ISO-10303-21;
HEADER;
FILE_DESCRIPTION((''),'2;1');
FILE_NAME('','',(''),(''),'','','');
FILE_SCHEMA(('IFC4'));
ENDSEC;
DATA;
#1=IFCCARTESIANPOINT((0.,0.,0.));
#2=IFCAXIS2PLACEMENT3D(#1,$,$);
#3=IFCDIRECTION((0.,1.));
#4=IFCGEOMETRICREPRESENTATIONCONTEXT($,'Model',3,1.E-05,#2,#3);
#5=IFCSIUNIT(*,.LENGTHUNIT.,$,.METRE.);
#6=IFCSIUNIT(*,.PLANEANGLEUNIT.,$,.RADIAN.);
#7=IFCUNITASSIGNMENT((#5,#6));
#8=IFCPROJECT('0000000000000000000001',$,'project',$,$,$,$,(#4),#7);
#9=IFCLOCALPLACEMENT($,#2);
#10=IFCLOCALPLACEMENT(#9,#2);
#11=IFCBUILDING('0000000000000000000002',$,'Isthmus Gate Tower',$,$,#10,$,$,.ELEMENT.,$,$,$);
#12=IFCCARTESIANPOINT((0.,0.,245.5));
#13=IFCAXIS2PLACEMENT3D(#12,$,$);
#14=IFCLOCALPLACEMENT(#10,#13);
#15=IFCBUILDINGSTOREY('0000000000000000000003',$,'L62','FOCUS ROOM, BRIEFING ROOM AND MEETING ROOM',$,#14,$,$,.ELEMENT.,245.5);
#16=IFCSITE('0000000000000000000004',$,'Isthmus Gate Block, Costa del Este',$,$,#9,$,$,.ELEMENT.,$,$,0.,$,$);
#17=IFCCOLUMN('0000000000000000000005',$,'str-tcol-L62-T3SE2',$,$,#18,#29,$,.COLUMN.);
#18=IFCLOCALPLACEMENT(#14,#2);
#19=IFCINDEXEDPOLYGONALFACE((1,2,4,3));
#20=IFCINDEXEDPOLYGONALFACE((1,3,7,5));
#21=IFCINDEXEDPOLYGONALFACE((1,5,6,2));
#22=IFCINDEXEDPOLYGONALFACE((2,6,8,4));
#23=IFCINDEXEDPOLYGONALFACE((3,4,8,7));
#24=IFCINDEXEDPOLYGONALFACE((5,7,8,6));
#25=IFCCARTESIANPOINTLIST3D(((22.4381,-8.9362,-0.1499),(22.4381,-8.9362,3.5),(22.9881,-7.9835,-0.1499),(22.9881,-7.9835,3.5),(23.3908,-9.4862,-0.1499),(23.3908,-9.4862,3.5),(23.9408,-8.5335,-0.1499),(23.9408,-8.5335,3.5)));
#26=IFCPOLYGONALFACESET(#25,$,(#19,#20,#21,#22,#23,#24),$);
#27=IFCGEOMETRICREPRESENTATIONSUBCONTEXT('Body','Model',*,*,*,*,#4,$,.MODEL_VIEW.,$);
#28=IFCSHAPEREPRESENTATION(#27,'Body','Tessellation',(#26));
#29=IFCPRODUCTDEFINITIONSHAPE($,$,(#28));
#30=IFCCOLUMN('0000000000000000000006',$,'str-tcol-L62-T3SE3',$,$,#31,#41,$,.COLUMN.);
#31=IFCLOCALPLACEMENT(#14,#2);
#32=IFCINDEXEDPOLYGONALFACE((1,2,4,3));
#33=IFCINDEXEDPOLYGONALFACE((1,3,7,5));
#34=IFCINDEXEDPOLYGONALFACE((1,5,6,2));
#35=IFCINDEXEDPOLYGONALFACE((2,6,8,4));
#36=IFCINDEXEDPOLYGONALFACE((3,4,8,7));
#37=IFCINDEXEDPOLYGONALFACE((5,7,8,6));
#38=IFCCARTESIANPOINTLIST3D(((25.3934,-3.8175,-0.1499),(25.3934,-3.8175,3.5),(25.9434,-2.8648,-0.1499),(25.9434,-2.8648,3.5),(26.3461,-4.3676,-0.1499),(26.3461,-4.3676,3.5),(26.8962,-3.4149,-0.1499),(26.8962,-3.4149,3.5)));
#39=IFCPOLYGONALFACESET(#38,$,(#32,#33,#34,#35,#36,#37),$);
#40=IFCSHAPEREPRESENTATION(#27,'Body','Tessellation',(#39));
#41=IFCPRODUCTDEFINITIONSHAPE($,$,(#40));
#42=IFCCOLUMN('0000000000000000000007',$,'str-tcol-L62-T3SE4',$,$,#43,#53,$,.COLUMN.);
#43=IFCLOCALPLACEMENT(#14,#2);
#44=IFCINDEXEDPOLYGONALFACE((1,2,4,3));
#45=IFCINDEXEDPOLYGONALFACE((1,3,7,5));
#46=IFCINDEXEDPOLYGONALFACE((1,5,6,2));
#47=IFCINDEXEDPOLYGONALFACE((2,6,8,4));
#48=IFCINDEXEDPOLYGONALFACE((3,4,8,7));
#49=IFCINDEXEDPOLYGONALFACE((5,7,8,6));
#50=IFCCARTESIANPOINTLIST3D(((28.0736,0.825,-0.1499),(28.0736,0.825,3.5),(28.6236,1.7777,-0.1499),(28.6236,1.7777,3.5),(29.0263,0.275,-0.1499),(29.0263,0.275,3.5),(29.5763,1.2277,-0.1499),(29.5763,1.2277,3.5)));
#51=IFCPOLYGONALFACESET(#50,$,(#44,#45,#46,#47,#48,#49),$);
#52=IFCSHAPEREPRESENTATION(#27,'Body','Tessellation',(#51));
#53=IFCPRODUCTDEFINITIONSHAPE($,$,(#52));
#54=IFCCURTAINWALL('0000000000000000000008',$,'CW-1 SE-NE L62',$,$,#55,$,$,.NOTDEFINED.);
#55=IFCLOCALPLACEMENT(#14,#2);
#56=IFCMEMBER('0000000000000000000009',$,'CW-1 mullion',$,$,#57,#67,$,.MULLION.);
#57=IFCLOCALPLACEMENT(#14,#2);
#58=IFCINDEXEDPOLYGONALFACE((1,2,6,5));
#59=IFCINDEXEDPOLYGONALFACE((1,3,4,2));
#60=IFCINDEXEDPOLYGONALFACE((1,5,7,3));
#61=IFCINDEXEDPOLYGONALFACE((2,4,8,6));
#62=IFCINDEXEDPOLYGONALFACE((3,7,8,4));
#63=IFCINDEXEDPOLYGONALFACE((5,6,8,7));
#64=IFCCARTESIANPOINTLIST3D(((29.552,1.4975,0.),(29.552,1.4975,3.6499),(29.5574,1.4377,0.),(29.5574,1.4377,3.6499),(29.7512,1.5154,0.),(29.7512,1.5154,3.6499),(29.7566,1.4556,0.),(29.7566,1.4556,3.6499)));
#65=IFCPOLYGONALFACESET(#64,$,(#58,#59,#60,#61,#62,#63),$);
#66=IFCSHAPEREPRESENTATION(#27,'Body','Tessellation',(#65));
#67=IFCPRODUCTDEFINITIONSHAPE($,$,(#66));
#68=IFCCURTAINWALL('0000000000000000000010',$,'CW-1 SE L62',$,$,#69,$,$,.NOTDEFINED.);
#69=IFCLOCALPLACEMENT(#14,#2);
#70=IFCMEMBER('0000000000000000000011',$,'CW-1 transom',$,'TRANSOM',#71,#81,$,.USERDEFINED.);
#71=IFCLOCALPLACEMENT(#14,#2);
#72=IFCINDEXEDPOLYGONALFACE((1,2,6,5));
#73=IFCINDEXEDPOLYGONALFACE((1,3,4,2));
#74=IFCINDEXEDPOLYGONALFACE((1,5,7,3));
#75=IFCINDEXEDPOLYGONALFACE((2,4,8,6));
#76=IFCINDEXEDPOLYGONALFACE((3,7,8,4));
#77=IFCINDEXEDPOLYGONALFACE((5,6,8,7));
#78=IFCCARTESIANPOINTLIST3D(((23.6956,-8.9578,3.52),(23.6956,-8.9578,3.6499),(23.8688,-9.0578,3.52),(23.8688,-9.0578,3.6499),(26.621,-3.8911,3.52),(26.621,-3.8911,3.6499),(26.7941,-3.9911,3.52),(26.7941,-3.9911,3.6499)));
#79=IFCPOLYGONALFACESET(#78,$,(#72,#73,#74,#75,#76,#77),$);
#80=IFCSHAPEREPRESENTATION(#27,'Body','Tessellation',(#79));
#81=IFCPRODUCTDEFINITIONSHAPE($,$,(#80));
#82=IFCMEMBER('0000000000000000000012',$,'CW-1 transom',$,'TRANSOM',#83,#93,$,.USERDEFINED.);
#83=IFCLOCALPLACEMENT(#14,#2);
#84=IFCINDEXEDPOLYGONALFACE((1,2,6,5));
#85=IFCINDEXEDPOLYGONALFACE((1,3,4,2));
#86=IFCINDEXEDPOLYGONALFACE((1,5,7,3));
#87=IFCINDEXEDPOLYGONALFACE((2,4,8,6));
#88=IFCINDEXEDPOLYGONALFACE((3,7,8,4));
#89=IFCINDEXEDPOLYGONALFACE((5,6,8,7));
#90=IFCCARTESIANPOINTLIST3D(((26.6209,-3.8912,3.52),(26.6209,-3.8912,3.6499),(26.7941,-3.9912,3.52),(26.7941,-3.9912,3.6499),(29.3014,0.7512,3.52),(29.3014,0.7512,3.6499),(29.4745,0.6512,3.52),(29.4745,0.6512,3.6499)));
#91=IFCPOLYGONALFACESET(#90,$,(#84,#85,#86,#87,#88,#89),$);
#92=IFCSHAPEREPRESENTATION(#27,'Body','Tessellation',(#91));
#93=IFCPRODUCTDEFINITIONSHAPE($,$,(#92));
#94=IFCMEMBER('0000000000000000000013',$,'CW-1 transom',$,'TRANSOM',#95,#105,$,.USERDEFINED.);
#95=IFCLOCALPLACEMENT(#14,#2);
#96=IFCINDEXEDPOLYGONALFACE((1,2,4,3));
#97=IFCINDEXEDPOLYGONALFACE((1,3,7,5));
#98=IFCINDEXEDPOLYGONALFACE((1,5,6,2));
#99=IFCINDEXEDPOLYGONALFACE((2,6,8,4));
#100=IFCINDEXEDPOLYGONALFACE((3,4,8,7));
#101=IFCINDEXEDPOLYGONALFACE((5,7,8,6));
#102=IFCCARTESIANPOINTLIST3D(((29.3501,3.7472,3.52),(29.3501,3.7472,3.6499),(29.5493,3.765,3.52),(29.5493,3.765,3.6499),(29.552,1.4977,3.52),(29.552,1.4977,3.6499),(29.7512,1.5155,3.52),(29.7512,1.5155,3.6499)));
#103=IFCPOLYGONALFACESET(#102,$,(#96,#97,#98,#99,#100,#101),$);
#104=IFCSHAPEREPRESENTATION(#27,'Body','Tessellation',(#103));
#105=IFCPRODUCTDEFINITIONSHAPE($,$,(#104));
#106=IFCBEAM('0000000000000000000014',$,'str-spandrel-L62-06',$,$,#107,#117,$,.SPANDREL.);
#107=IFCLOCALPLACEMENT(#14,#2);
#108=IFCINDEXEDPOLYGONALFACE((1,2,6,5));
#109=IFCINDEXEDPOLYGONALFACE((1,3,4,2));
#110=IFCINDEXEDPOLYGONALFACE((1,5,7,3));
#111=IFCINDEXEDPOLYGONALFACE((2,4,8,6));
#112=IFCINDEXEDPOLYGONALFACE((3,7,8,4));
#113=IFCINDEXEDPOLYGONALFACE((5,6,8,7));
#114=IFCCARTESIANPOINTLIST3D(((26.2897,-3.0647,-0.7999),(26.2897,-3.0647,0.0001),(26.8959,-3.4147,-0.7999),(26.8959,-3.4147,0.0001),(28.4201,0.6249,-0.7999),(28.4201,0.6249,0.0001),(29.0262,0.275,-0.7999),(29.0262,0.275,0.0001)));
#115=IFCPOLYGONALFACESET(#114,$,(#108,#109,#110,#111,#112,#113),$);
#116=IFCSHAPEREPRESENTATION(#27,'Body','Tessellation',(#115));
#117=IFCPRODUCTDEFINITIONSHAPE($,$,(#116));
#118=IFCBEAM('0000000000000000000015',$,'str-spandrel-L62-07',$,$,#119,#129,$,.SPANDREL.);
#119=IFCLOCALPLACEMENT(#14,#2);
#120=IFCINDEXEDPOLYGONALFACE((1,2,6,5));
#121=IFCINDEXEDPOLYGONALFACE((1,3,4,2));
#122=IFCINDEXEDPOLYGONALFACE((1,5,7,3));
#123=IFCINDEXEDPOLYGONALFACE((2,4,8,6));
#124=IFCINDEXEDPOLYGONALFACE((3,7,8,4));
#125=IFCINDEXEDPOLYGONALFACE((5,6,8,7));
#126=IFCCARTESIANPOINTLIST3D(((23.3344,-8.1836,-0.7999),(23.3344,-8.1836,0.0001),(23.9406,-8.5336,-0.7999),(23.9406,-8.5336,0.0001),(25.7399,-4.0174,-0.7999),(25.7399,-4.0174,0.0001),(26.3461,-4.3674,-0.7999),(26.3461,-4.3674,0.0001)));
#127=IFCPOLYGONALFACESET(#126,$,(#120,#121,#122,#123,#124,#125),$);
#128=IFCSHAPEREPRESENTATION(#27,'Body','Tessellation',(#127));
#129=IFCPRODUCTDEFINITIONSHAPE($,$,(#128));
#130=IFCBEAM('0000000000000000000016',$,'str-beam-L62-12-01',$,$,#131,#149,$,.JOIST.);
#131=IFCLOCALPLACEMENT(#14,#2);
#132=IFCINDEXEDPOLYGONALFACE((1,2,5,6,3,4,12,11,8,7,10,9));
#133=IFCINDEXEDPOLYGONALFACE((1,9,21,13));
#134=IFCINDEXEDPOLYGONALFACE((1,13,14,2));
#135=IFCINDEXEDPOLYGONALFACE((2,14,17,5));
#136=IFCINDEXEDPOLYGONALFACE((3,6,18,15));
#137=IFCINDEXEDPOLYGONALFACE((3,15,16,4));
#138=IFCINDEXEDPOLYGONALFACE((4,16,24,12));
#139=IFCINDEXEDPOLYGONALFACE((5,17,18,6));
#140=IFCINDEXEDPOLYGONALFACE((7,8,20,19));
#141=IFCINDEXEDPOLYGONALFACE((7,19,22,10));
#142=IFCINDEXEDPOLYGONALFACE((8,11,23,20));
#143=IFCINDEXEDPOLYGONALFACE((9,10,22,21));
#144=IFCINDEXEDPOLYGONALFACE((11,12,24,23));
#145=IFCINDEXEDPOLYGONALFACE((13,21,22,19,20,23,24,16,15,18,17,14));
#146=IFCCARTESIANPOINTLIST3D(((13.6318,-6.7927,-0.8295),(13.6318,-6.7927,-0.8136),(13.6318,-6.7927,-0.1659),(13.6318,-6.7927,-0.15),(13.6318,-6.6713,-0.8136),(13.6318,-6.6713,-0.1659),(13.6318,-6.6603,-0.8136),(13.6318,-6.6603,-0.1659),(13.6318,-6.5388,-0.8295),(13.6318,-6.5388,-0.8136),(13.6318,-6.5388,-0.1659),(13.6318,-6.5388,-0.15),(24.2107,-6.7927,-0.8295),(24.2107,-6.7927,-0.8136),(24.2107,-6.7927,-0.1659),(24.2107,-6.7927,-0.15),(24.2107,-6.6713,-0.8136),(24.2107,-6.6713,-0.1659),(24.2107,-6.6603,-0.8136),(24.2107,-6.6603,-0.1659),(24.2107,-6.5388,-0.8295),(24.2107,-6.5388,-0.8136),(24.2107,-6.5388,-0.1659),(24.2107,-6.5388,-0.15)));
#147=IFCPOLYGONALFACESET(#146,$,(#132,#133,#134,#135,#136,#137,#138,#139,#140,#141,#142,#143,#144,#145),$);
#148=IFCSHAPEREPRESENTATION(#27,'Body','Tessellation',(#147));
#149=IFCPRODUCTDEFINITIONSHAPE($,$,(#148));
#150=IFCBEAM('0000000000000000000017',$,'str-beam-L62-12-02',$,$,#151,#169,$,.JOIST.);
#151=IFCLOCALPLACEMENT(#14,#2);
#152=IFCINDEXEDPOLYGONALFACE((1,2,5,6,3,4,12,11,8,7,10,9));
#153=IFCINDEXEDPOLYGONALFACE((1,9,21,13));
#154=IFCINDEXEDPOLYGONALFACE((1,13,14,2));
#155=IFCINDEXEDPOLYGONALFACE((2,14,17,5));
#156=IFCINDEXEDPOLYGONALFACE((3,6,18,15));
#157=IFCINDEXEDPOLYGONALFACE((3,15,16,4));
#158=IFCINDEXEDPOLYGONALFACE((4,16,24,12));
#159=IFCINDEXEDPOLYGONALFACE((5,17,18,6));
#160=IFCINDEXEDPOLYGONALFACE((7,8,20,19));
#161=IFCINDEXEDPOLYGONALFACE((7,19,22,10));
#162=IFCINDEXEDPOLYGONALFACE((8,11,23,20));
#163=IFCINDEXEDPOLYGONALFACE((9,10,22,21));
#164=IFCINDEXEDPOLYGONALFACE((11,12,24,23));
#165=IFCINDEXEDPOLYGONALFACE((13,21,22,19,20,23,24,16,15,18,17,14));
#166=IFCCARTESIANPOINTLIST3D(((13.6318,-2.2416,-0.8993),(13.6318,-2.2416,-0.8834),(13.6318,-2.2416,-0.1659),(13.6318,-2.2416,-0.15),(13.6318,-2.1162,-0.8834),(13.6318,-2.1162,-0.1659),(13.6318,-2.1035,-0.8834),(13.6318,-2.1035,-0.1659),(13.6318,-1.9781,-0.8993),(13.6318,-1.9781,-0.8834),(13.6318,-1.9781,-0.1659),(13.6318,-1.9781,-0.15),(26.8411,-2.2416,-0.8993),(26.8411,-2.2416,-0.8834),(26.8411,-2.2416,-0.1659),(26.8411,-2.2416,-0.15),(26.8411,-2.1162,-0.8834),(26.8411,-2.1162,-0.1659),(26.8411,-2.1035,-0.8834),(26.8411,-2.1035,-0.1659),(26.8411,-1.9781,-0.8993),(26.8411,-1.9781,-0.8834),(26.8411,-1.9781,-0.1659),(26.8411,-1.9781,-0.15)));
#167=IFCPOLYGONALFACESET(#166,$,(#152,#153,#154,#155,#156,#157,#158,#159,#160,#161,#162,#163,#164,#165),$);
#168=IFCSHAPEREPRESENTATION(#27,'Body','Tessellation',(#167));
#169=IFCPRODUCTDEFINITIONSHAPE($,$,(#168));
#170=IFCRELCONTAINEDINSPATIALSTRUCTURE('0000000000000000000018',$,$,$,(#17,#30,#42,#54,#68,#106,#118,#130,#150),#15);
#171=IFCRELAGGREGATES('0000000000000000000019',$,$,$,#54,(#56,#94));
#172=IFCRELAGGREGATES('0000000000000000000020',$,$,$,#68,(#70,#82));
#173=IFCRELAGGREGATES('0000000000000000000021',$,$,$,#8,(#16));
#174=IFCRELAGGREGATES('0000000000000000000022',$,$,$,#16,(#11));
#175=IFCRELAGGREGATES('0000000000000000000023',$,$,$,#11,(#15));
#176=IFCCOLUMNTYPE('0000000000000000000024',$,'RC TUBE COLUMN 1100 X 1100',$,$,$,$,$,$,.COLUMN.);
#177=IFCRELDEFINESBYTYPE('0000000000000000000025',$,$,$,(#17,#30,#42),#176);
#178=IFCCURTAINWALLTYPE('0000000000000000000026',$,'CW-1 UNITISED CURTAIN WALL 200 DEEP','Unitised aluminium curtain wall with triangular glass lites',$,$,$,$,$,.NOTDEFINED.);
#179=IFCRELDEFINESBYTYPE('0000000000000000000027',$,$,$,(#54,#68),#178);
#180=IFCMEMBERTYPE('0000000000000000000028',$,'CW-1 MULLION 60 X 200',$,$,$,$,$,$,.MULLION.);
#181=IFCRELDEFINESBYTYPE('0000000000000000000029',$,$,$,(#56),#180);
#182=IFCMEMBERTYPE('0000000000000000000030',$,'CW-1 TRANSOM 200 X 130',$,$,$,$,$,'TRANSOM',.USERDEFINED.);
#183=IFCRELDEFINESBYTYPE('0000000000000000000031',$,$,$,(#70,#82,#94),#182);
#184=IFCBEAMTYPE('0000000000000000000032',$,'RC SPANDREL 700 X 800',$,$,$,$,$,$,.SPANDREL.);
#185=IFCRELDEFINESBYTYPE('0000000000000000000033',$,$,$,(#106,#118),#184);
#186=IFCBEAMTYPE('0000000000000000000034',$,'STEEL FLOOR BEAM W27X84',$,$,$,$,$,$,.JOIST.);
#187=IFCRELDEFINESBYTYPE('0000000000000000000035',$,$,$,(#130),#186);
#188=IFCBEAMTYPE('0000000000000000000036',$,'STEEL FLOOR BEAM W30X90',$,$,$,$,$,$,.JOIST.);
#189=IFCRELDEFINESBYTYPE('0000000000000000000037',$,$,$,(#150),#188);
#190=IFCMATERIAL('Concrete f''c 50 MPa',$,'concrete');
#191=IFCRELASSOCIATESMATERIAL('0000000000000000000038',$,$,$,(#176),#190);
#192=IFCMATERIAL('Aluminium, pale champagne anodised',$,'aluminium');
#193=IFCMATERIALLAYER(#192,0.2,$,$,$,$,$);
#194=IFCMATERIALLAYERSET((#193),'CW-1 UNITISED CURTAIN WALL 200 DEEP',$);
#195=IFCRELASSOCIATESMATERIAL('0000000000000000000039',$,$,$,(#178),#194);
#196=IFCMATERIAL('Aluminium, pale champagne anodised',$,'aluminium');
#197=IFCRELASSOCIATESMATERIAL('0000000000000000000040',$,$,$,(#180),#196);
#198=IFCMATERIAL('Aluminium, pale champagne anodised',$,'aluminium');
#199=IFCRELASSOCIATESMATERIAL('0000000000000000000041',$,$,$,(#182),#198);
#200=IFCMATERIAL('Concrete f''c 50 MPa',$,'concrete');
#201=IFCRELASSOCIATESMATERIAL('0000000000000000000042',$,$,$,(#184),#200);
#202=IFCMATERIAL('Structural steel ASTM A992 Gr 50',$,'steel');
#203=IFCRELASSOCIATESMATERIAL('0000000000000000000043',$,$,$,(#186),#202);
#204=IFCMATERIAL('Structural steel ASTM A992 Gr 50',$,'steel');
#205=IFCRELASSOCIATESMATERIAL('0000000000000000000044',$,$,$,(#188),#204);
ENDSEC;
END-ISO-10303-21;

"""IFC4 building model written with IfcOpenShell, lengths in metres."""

from ifc_helpers import new_model, si_unit, direction, frame, origin, origin_2d, place, context, subcontext, project, spatial, rectangle, i_section, extrude, material, layer, layer_set, material_profile, profile_set, type_object, element, aggregate, save


model = new_model("IFC4")

# Units and contexts
model_context = context("Model", 3, precision=1e-05, world=origin(), true_north=direction((0.0, 1.0)))
body_context = subcontext(model_context, "Body", "Model", "MODEL_VIEW")
ifc_project = project(units=[si_unit("LENGTHUNIT", "METRE"), si_unit("PLANEANGLEUNIT", "RADIAN")], contexts=[model_context])

# Site, building, storey
site_placement = place(None, origin())
site = spatial("IfcSite", under=ifc_project, at=site_placement, Name="Isthmus Gate Block, Costa del Este", CompositionType="ELEMENT", RefElevation=0.0)
building_placement = place(site_placement, origin())
building = spatial("IfcBuilding", under=site, at=building_placement, Name="Isthmus Gate Tower", CompositionType="ELEMENT")
storey_placement = place(building_placement, frame((0.0, 0.0, 245.5)))
storey = spatial("IfcBuildingStorey", under=building, at=storey_placement, Name="L62", Description="FOCUS ROOM, BRIEFING ROOM AND MEETING ROOM", CompositionType="ELEMENT", Elevation=245.5)

# Columns
ifc_material_1 = material(Name="Concrete f'c 50 MPa", Category="concrete")
ifc_material_profile_1 = material_profile(ifc_material_1, rectangle(XDim=1.1001, YDim=1.1001, at=origin_2d()), Name="RC 1100X1100")
ifc_profile_set_1 = profile_set([ifc_material_profile_1], Name="Concrete f'c 50 MPa")
column_type = type_object("IfcColumnType", Name="RC TUBE COLUMN 1100 X 1100", PredefinedType="COLUMN", material=ifc_profile_set_1)
for number, where, z_axis, x_axis, name in (
    (1, (23.1895, -8.7349, -0.1499), (0.0, 0.0, 1.0), (0.5, 0.866025, 0.0), "str-tcol-L62-T3SE2"),
    (2, (26.1448, -3.6162, -0.1499), (0.0, 0.0, 1.0), (0.5, 0.866025, 0.0), "str-tcol-L62-T3SE3"),
    (3, (28.825, 1.0264, -0.1499), (0.0, 0.0, 1.0), (0.5, 0.866025, 0.0), "str-tcol-L62-T3SE4"),
):
    element("IfcColumn", number, at=place(storey_placement, frame(where, z_axis=z_axis, x_axis=x_axis)), inside=storey, type_object=column_type, Name=name, PredefinedType="COLUMN", context=body_context, shape_type="SweptSolid", body=[
        extrude(rectangle(XDim=1.1001, YDim=1.1001, at=origin_2d()), origin(), (0.0, 0.0, 1.0), 3.6499),
    ])

# Curtain wall, member
ifc_material_2 = material(Name="Aluminium, pale champagne anodised", Category="aluminium")
ifc_layer_1 = layer(ifc_material_2, 0.2)
ifc_layer_set_1 = layer_set([ifc_layer_1], Name="CW-1 UNITISED CURTAIN WALL 200 DEEP")
curtain_wall_type = type_object("IfcCurtainWallType", Name="CW-1 UNITISED CURTAIN WALL 200 DEEP", Description="Unitised aluminium curtain wall with triangular glass lites", PredefinedType="NOTDEFINED", material=ifc_layer_set_1)
curtain_wall_1_placement = place(storey_placement, origin())
curtain_wall_1 = element("IfcCurtainWall", 4, at=curtain_wall_1_placement, inside=storey, type_object=curtain_wall_type, Name="CW-1 SE-NE L62", PredefinedType="NOTDEFINED")
ifc_material_3 = material(Name="Aluminium, pale champagne anodised", Category="aluminium")
ifc_material_profile_2 = material_profile(ifc_material_3, rectangle(XDim=0.0601, YDim=0.2, at=origin_2d()), Name="60x200")
ifc_profile_set_2 = profile_set([ifc_material_profile_2], Name="Aluminium, pale champagne anodised")
member_type_1 = type_object("IfcMemberType", Name="CW-1 MULLION 60 X 200", PredefinedType="MULLION", material=ifc_profile_set_2)
member_1_placement = place(storey_placement, frame((29.6543, 1.4766, 0.0), z_axis=(0.0, 0.0, 1.0), x_axis=(-0.089397, 0.995996, 0.0)))
member_1 = element("IfcMember", 5, at=member_1_placement, type_object=member_type_1, Name="CW-1 mullion", PredefinedType="MULLION", context=body_context, shape_type="SweptSolid", body=[
    extrude(rectangle(XDim=0.0601, YDim=0.2, at=origin_2d()), origin(), (0.0, 0.0, 1.0), 3.6499),
])

# Curtain wall, members
curtain_wall_2_placement = place(storey_placement, origin())
curtain_wall_2 = element("IfcCurtainWall", 6, at=curtain_wall_2_placement, inside=storey, type_object=curtain_wall_type, Name="CW-1 SE L62", PredefinedType="NOTDEFINED")
ifc_material_4 = material(Name="Aluminium, pale champagne anodised", Category="aluminium")
ifc_material_profile_3 = material_profile(ifc_material_4, rectangle(XDim=0.2, YDim=0.1299, at=origin_2d()), Name="200x130")
ifc_profile_set_3 = profile_set([ifc_material_profile_3], Name="Aluminium, pale champagne anodised")
member_type_2 = type_object("IfcMemberType", Name="CW-1 TRANSOM 200 X 130", ElementType="TRANSOM", PredefinedType="USERDEFINED", material=ifc_profile_set_3)
member_2_placement = place(storey_placement, frame((23.7822, -9.0078, 3.585), z_axis=(0.500008, 0.866021, 0.0), x_axis=(-0.866021, 0.500008, 0.0)))
member_2 = element("IfcMember", 7, at=member_2_placement, type_object=member_type_2, Name="CW-1 transom", ObjectType="TRANSOM", PredefinedType="USERDEFINED", context=body_context, shape_type="SweptSolid", body=[
    extrude(rectangle(XDim=0.2, YDim=0.1299, at=origin_2d()), origin(), (0.0, 0.0, 1.0), 5.8506),
])
member_3_placement = place(storey_placement, frame((26.7075, -3.9412, 3.585), z_axis=(0.500023, 0.866012, 0.0), x_axis=(-0.866012, 0.500023, 0.0)))
member_3 = element("IfcMember", 8, at=member_3_placement, type_object=member_type_2, Name="CW-1 transom", ObjectType="TRANSOM", PredefinedType="USERDEFINED", context=body_context, shape_type="SweptSolid", body=[
    extrude(rectangle(XDim=0.2, YDim=0.1299, at=origin_2d()), origin(), (0.0, 0.0, 1.0), 5.3606),
])

# Member
member_4_placement = place(storey_placement, frame((29.6516, 1.5066, 3.585), z_axis=(-0.089395, 0.995996, 0.0), x_axis=(-0.995996, -0.089395, 0.0)))
member_4 = element("IfcMember", 9, at=member_4_placement, type_object=member_type_2, Name="CW-1 transom", ObjectType="TRANSOM", PredefinedType="USERDEFINED", context=body_context, shape_type="SweptSolid", body=[
    extrude(rectangle(XDim=0.2, YDim=0.1299, at=origin_2d()), origin(), (0.0, 0.0, 1.0), 2.2585),
])
aggregate(curtain_wall_1, [member_1, member_4])

# Beams
ifc_material_5 = material(Name="Concrete f'c 50 MPa", Category="concrete")
ifc_material_profile_4 = material_profile(ifc_material_5, rectangle(XDim=0.7, YDim=0.8, at=origin_2d()), Name="RC 700X800")
ifc_profile_set_4 = profile_set([ifc_material_profile_4], Name="Concrete f'c 50 MPa")
beam_type_1 = type_object("IfcBeamType", Name="RC SPANDREL 700 X 800", PredefinedType="SPANDREL", material=ifc_profile_set_4)
beam_1_placement = place(storey_placement, frame((28.7231, 0.45, -0.3999), z_axis=(-0.500022, -0.866013, 0.0), x_axis=(0.866013, -0.500022, 0.0)))
element("IfcBeam", 10, at=beam_1_placement, inside=storey, type_object=beam_type_1, Name="str-spandrel-L62-06", PredefinedType="SPANDREL", context=body_context, shape_type="SweptSolid", body=[
    extrude(rectangle(XDim=0.7, YDim=0.8, at=origin_2d()), origin(), (0.0, 0.0, 1.0), 4.2605),
])
beam_2_placement = place(storey_placement, frame((26.043, -4.1924, -0.3999), z_axis=(-0.50002, -0.866014, 0.0), x_axis=(0.866014, -0.50002, 0.0)))
element("IfcBeam", 11, at=beam_2_placement, inside=storey, type_object=beam_type_1, Name="str-spandrel-L62-07", PredefinedType="SPANDREL", context=body_context, shape_type="SweptSolid", body=[
    extrude(rectangle(XDim=0.7, YDim=0.8, at=origin_2d()), origin(), (0.0, 0.0, 1.0), 4.8108),
])
ifc_material_6 = material(Name="Structural steel ASTM A992 Gr 50", Category="steel")
ifc_material_profile_5 = material_profile(ifc_material_6, i_section(OverallWidth=0.2539, OverallDepth=0.6794, WebThickness=0.011, FlangeThickness=0.0159, at=origin_2d()), Name="W27X84")
ifc_profile_set_5 = profile_set([ifc_material_profile_5], Name="Structural steel ASTM A992 Gr 50")
beam_type_2 = type_object("IfcBeamType", Name="STEEL FLOOR BEAM W27X84", PredefinedType="JOIST", material=ifc_profile_set_5)
beam_3_placement = place(storey_placement, frame((13.6318, -6.6658, -0.4897), z_axis=(1.0, 0.0, 0.0), x_axis=(0.0, 1.0, 0.0)))
element("IfcBeam", 12, at=beam_3_placement, inside=storey, type_object=beam_type_2, Name="str-beam-L62-12-01", PredefinedType="JOIST", context=body_context, shape_type="SweptSolid", body=[
    extrude(i_section(OverallWidth=0.2539, OverallDepth=0.6794, WebThickness=0.011, FlangeThickness=0.0159, at=origin_2d()), origin(), (0.0, 0.0, 1.0), 10.5789),
])
ifc_material_7 = material(Name="Structural steel ASTM A992 Gr 50", Category="steel")
ifc_material_profile_6 = material_profile(ifc_material_7, i_section(OverallWidth=0.2634, OverallDepth=0.7493, WebThickness=0.0127, FlangeThickness=0.0159, at=origin_2d()), Name="W30X90")
ifc_profile_set_6 = profile_set([ifc_material_profile_6], Name="Structural steel ASTM A992 Gr 50")
beam_type_3 = type_object("IfcBeamType", Name="STEEL FLOOR BEAM W30X90", PredefinedType="JOIST", material=ifc_profile_set_6)
beam_4_placement = place(storey_placement, frame((13.6318, -2.1099, -0.5247), z_axis=(1.0, 0.0, 0.0), x_axis=(0.0, 1.0, 0.0)))
element("IfcBeam", 13, at=beam_4_placement, inside=storey, type_object=beam_type_3, Name="str-beam-L62-12-02", PredefinedType="JOIST", context=body_context, shape_type="SweptSolid", body=[
    extrude(i_section(OverallWidth=0.2634, OverallDepth=0.7493, WebThickness=0.0127, FlangeThickness=0.0159, at=origin_2d()), origin(), (0.0, 0.0, 1.0), 13.2092),
])

aggregate(curtain_wall_2, [member_2, member_3])

save(model, "model.ifc")
